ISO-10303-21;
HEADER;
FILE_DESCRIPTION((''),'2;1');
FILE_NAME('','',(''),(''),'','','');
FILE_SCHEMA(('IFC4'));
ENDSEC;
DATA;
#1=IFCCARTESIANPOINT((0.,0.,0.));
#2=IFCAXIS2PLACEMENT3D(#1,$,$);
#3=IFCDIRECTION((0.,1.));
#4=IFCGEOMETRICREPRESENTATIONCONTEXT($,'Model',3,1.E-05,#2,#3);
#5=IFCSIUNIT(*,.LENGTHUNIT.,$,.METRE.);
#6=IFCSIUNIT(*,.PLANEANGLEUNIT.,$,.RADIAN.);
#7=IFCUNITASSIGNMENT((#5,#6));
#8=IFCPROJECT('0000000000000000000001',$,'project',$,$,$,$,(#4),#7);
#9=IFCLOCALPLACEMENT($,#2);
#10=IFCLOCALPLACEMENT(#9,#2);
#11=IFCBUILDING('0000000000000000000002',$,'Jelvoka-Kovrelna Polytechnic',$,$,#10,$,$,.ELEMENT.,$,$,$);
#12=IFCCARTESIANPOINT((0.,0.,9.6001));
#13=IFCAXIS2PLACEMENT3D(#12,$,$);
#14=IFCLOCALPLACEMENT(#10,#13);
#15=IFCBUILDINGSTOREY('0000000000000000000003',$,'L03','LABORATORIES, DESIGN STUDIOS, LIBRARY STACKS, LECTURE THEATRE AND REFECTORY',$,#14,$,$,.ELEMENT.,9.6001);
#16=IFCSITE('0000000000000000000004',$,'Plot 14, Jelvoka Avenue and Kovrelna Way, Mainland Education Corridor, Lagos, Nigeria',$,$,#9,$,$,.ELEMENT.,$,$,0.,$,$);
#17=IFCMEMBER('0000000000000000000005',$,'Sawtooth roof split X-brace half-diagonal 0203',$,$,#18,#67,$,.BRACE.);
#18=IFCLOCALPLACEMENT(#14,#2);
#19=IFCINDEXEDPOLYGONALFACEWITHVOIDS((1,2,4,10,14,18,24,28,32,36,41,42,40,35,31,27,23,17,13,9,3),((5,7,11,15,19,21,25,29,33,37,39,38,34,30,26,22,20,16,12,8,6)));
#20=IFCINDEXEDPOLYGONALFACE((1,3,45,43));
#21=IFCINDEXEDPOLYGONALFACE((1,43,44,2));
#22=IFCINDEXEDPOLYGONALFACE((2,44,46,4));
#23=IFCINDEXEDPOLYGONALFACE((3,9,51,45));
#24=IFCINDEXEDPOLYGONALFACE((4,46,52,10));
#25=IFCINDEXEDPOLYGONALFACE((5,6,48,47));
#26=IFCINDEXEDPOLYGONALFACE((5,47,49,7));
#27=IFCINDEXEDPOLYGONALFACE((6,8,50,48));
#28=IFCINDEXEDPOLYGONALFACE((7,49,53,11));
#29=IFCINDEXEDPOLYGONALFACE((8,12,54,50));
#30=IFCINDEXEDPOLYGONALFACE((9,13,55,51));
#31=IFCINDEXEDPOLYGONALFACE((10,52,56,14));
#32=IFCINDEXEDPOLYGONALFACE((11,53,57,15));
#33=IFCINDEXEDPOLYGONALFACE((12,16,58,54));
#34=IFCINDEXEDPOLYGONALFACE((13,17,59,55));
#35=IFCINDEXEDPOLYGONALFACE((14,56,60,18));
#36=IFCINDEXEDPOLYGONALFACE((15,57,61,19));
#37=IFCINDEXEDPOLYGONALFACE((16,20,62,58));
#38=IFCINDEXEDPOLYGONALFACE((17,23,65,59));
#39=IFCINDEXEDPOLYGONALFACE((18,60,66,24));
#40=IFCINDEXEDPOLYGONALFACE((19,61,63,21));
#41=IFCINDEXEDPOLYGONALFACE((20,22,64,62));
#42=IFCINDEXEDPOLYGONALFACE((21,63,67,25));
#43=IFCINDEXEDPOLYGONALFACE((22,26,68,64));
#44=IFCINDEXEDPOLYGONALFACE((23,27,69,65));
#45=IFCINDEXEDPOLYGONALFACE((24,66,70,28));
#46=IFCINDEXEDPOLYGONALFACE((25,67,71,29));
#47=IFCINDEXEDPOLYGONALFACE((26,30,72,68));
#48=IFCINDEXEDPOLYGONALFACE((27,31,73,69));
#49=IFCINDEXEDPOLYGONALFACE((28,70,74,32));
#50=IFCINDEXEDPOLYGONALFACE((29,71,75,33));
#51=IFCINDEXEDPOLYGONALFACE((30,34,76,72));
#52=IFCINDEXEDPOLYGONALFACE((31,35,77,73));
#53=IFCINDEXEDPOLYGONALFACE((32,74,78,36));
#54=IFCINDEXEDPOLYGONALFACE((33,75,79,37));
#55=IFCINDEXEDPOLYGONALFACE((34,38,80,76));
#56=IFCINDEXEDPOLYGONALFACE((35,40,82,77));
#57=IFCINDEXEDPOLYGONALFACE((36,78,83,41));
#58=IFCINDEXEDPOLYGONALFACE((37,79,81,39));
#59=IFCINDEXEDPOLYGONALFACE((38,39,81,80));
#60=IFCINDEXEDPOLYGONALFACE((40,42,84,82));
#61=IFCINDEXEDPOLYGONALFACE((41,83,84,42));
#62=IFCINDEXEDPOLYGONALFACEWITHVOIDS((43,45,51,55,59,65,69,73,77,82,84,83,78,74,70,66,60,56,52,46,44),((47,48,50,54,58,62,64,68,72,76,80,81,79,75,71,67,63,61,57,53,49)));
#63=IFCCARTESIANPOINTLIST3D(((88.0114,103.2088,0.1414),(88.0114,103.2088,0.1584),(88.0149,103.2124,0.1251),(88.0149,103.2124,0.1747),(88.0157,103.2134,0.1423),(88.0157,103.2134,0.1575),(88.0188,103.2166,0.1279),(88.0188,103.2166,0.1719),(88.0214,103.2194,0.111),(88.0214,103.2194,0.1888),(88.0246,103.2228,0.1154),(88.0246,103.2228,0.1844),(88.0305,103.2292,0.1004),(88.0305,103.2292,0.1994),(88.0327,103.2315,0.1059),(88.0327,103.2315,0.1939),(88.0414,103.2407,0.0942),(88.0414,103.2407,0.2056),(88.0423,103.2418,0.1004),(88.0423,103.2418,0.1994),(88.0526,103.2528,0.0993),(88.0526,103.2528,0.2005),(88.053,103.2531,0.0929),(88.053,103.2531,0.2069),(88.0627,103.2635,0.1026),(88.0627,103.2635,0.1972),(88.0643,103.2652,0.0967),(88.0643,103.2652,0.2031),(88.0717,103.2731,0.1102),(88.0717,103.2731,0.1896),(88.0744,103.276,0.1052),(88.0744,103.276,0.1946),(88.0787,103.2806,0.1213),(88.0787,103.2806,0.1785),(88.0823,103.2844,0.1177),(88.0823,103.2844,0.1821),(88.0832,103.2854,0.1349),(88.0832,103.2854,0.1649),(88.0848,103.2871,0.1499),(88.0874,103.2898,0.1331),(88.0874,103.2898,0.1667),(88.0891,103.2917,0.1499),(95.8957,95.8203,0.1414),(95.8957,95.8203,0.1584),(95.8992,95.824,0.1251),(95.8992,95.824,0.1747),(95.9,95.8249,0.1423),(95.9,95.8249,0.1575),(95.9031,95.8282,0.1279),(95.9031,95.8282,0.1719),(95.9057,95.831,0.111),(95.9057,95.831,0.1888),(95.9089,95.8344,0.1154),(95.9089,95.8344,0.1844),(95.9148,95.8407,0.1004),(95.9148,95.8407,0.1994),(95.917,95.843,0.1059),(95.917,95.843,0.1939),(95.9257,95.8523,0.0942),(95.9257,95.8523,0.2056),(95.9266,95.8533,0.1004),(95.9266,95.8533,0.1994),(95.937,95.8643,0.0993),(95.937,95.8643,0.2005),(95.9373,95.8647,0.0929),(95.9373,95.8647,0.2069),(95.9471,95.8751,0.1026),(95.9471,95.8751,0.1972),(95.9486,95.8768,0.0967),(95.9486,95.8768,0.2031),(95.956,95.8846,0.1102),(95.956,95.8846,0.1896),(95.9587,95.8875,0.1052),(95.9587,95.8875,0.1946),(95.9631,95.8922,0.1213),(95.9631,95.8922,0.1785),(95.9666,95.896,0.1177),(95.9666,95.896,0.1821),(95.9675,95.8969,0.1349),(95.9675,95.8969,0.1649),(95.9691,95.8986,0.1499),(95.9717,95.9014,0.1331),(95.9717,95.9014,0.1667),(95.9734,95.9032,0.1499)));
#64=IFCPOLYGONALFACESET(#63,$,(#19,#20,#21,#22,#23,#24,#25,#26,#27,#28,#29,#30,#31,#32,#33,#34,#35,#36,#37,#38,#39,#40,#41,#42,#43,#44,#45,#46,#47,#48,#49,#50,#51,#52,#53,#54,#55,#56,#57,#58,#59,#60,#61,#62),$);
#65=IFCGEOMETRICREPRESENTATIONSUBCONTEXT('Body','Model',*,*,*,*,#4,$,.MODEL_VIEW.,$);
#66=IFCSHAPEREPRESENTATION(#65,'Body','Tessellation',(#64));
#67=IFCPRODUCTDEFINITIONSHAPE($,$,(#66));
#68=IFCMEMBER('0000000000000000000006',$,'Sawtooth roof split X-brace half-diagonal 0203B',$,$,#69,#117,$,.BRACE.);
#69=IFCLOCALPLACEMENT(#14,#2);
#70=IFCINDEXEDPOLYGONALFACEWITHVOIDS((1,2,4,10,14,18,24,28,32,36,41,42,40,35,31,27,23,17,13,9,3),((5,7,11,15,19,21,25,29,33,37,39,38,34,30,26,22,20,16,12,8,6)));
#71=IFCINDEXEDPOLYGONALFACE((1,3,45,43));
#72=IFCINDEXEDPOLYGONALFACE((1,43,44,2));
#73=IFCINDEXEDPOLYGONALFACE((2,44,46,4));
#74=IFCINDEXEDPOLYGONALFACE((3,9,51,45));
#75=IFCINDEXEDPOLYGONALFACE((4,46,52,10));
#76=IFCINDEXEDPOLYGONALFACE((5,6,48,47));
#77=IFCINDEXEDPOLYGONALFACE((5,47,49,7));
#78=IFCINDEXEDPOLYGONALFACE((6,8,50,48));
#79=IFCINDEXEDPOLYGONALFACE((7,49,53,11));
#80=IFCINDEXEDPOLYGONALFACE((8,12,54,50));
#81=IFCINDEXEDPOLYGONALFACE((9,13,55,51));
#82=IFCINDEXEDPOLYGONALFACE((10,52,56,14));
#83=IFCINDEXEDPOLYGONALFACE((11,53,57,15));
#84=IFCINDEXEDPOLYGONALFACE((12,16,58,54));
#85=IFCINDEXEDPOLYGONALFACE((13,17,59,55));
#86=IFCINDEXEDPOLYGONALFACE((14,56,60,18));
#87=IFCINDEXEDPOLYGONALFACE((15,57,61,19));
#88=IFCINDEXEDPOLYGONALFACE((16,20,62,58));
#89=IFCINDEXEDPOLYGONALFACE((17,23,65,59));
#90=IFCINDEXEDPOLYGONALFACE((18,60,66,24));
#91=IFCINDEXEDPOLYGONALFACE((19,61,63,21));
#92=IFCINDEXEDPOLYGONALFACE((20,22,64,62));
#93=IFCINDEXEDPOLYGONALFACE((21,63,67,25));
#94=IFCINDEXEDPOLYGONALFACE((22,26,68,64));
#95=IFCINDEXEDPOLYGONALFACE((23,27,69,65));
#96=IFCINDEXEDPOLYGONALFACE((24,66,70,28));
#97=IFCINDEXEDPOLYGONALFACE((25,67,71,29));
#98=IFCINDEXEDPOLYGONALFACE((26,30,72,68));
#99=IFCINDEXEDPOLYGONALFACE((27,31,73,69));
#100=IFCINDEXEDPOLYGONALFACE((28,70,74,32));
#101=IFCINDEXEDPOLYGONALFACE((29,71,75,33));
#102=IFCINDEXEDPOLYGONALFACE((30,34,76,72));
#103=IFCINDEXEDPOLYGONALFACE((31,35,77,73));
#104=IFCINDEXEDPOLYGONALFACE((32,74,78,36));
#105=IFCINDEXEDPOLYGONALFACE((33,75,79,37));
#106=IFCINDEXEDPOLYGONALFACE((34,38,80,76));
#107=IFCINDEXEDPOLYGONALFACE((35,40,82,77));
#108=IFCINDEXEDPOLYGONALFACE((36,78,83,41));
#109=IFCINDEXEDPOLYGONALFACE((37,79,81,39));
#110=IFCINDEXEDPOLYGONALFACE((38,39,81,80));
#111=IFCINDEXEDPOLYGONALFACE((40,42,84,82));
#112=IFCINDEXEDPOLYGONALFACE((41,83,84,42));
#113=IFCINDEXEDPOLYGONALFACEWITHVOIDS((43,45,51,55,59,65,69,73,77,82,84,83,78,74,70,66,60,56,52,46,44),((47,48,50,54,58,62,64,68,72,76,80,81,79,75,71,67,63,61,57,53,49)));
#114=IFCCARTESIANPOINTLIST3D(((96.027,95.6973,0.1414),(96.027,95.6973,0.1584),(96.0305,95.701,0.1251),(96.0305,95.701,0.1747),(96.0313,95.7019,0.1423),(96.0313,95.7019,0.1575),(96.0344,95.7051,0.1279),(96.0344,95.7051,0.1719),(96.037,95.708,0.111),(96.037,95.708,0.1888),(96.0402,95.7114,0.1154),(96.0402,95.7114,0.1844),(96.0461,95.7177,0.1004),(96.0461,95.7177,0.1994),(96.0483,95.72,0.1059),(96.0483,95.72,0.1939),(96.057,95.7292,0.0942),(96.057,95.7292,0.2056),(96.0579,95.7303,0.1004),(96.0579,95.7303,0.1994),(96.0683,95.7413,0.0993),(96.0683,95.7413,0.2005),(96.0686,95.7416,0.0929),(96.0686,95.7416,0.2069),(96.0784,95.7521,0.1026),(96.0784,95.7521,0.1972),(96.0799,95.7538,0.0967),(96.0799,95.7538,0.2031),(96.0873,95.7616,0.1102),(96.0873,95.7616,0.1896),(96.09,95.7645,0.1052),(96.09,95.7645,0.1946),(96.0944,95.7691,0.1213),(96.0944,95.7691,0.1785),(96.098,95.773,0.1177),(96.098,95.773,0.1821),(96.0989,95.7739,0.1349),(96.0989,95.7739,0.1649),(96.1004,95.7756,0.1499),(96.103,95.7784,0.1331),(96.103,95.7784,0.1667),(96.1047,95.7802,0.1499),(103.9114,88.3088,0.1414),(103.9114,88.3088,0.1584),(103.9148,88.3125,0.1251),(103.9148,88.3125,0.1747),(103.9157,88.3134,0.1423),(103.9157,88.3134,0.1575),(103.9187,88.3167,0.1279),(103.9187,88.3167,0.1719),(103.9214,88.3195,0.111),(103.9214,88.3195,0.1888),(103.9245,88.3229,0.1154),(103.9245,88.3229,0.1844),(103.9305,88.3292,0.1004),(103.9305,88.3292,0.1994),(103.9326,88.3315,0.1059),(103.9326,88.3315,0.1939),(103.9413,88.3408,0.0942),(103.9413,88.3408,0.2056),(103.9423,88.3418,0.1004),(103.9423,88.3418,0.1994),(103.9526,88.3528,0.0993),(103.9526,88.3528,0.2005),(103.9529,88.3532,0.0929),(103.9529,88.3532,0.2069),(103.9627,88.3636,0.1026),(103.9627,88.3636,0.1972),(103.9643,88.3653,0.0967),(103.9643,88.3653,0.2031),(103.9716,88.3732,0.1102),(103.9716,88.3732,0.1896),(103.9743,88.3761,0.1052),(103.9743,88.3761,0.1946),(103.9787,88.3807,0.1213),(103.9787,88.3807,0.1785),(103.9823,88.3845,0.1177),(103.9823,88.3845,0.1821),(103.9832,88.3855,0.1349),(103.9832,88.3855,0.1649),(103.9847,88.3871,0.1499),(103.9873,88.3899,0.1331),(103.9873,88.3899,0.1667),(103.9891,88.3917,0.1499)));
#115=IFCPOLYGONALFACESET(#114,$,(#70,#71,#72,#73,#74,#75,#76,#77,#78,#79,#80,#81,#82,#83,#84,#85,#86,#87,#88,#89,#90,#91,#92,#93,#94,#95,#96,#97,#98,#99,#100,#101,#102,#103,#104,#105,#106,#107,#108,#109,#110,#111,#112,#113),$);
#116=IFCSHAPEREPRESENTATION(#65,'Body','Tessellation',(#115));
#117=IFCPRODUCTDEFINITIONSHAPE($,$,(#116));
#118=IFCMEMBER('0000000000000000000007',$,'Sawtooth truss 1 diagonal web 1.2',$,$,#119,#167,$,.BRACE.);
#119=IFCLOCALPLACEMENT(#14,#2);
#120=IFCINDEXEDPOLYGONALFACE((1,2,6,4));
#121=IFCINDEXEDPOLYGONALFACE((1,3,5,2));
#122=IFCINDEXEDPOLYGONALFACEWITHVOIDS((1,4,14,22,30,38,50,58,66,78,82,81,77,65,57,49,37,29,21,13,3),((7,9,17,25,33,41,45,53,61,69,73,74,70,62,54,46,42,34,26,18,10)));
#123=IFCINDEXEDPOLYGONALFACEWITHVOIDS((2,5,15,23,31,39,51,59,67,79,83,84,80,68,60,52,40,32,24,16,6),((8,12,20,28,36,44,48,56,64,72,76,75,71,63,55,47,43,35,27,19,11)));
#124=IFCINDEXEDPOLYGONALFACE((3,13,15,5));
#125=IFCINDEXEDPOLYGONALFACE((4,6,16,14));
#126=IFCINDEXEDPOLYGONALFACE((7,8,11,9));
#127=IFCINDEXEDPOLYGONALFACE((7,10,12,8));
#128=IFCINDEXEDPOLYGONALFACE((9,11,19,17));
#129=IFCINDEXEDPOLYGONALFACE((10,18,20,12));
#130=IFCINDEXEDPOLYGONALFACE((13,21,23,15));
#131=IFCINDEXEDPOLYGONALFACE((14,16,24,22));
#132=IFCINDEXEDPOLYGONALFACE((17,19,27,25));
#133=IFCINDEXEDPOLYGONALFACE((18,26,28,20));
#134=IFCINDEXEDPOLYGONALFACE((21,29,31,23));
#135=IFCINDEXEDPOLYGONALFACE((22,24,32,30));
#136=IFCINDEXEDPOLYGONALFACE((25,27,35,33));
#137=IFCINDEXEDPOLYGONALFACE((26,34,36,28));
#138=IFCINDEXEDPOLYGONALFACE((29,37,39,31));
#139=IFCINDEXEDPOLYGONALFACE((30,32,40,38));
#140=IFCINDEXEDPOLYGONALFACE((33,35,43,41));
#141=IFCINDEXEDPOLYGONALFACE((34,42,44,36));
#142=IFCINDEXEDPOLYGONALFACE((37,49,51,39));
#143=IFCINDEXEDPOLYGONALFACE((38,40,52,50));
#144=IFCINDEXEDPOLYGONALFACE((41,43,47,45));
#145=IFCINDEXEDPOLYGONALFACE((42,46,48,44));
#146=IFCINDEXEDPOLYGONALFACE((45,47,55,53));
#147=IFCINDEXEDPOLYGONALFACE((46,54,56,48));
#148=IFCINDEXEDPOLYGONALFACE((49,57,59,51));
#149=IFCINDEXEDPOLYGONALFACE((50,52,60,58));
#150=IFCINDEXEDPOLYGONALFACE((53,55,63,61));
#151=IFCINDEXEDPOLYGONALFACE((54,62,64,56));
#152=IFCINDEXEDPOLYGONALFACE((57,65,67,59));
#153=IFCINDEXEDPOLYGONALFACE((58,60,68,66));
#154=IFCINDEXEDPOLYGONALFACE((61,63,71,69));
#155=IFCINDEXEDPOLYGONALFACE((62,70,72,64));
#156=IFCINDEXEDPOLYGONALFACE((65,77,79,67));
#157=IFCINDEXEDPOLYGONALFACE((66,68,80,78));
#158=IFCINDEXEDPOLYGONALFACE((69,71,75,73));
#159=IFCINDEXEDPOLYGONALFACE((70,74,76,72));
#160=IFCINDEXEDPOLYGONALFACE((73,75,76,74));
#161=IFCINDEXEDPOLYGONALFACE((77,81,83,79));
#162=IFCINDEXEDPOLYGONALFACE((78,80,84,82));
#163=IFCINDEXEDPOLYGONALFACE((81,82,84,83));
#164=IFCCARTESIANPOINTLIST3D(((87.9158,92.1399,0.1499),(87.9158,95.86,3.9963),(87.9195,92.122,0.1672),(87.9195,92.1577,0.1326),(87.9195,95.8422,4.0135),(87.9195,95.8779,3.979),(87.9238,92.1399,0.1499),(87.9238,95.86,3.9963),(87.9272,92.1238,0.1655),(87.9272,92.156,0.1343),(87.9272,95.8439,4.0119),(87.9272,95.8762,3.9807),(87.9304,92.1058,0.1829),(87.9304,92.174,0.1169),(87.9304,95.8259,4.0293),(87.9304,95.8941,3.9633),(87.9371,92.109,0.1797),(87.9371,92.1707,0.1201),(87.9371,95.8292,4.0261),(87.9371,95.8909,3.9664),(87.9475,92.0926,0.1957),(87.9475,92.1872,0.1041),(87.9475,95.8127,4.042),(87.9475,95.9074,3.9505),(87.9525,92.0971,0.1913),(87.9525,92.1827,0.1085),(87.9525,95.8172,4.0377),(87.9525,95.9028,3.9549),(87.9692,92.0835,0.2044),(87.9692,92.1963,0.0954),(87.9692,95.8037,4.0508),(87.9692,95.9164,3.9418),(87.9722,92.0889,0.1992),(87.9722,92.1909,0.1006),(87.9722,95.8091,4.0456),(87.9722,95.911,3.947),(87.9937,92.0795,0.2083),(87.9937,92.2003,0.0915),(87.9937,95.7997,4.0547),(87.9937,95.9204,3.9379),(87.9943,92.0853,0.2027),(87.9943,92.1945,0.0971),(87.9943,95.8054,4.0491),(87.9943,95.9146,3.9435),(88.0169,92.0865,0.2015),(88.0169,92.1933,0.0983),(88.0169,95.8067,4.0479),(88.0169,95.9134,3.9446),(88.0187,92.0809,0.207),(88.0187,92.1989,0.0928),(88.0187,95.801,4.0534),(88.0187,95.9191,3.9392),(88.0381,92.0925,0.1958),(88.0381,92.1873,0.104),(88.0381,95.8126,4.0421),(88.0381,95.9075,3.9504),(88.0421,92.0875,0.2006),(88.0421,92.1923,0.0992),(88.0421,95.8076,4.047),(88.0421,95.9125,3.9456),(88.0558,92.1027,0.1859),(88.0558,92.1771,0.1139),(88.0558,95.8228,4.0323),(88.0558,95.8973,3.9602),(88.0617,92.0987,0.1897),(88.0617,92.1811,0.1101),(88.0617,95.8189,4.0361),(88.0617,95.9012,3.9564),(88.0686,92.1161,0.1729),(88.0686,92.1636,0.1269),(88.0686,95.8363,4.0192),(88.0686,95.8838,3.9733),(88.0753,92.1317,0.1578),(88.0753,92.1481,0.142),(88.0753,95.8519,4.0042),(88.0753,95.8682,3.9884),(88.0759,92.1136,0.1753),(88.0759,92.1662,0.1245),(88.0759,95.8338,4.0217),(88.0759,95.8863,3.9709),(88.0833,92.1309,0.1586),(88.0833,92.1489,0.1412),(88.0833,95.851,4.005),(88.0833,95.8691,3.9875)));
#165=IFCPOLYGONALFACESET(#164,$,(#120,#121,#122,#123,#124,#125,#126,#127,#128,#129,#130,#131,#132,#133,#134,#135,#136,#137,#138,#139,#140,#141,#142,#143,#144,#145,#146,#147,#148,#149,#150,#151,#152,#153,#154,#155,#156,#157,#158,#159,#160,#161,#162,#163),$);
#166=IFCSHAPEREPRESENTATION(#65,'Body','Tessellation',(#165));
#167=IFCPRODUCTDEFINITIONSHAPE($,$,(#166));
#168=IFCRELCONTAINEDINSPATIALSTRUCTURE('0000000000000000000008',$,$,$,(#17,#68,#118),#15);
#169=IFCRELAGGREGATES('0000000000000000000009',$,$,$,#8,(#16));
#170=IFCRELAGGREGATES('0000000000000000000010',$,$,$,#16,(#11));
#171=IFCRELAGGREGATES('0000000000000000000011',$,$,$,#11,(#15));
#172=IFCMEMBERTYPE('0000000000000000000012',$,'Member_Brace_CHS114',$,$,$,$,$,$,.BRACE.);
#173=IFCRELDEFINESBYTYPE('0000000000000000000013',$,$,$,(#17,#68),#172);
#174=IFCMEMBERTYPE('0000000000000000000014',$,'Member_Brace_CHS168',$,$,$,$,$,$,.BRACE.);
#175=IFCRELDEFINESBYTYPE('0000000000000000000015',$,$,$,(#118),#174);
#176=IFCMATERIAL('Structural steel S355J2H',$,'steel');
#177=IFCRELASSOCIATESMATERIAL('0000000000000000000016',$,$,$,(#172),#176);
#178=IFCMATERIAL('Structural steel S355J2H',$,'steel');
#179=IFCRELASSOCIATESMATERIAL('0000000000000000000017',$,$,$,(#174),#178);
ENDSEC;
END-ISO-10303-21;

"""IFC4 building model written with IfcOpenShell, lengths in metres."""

from ifc_helpers import new_model, si_unit, direction, frame, origin, origin_2d, place, context, subcontext, project, spatial, hollow_circle, extrude, material, material_profile, profile_set, type_object, element, save


model = new_model("IFC4")

# Units and contexts
model_context = context("Model", 3, precision=1e-05, world=origin(), true_north=direction((0.0, 1.0)))
body_context = subcontext(model_context, "Body", "Model", "MODEL_VIEW")
ifc_project = project(units=[si_unit("LENGTHUNIT", "METRE"), si_unit("PLANEANGLEUNIT", "RADIAN")], contexts=[model_context])

# Site, building, storey
site_placement = place(None, origin())
site = spatial("IfcSite", under=ifc_project, at=site_placement, Name="Plot 14, Jelvoka Avenue and Kovrelna Way, Mainland Education Corridor, Lagos, Nigeria", CompositionType="ELEMENT", RefElevation=0.0)
building_placement = place(site_placement, origin())
building = spatial("IfcBuilding", under=site, at=building_placement, Name="Jelvoka-Kovrelna Polytechnic", CompositionType="ELEMENT")
storey_placement = place(building_placement, frame((0.0, 0.0, 9.6001)))
storey = spatial("IfcBuildingStorey", under=building, at=storey_placement, Name="L03", Description="LABORATORIES, DESIGN STUDIOS, LIBRARY STACKS, LECTURE THEATRE AND REFECTORY", CompositionType="ELEMENT", Elevation=9.6001)

# Members
ifc_material_1 = material(Name="Structural steel S355J2H", Category="steel")
ifc_material_profile_1 = material_profile(ifc_material_1, hollow_circle(Radius=0.0571, WallThickness=0.0063, at=origin_2d()), Name="114.3x6.3 CHS")
ifc_profile_set_1 = profile_set([ifc_material_profile_1], Name="Structural steel S355J2H")
member_type_1 = type_object("IfcMemberType", Name="Member_Brace_CHS114", PredefinedType="BRACE", material=ifc_profile_set_1)
for number, where, z_axis, x_axis, name in (
    (1, (88.05, 103.25, 0.1499), (0.72968, -0.683789, 0.0), (0.683789, 0.72968, 0.0), "Sawtooth roof split X-brace half-diagonal 0203"),
    (2, (96.0657, 95.7385, 0.1499), (0.72968, -0.683789, 0.0), (0.683789, 0.72968, 0.0), "Sawtooth roof split X-brace half-diagonal 0203B"),
):
    element("IfcMember", number, at=place(storey_placement, frame(where, z_axis=z_axis, x_axis=x_axis)), inside=storey, type_object=member_type_1, Name=name, PredefinedType="BRACE", context=body_context, shape_type="SweptSolid", body=[
        extrude(hollow_circle(Radius=0.0571, WallThickness=0.0063, at=origin_2d()), origin(), (0.0, 0.0, 1.0), 10.8052),
    ])
ifc_material_2 = material(Name="Structural steel S355J2H", Category="steel")
ifc_material_profile_2 = material_profile(ifc_material_2, hollow_circle(Radius=0.0842, WallThickness=0.0081, at=origin_2d()), Name="168.3x8.0 CHS")
ifc_profile_set_2 = profile_set([ifc_material_profile_2], Name="Structural steel S355J2H")
member_type_2 = type_object("IfcMemberType", Name="Member_Brace_CHS168", PredefinedType="BRACE", material=ifc_profile_set_2)
member_1_placement = place(storey_placement, frame((88.0, 92.1399, 0.1499), z_axis=(0.0, 0.695215, 0.718802), x_axis=(-1.0, 0.0, 0.0)))
element("IfcMember", 3, at=member_1_placement, inside=storey, type_object=member_type_2, Name="Sawtooth truss 1 diagonal web 1.2", PredefinedType="BRACE", context=body_context, shape_type="SweptSolid", body=[
    extrude(hollow_circle(Radius=0.0842, WallThickness=0.0081, at=origin_2d()), origin(), (0.0, 0.0, 1.0), 5.3511),
])

save(model, "model.ifc")
